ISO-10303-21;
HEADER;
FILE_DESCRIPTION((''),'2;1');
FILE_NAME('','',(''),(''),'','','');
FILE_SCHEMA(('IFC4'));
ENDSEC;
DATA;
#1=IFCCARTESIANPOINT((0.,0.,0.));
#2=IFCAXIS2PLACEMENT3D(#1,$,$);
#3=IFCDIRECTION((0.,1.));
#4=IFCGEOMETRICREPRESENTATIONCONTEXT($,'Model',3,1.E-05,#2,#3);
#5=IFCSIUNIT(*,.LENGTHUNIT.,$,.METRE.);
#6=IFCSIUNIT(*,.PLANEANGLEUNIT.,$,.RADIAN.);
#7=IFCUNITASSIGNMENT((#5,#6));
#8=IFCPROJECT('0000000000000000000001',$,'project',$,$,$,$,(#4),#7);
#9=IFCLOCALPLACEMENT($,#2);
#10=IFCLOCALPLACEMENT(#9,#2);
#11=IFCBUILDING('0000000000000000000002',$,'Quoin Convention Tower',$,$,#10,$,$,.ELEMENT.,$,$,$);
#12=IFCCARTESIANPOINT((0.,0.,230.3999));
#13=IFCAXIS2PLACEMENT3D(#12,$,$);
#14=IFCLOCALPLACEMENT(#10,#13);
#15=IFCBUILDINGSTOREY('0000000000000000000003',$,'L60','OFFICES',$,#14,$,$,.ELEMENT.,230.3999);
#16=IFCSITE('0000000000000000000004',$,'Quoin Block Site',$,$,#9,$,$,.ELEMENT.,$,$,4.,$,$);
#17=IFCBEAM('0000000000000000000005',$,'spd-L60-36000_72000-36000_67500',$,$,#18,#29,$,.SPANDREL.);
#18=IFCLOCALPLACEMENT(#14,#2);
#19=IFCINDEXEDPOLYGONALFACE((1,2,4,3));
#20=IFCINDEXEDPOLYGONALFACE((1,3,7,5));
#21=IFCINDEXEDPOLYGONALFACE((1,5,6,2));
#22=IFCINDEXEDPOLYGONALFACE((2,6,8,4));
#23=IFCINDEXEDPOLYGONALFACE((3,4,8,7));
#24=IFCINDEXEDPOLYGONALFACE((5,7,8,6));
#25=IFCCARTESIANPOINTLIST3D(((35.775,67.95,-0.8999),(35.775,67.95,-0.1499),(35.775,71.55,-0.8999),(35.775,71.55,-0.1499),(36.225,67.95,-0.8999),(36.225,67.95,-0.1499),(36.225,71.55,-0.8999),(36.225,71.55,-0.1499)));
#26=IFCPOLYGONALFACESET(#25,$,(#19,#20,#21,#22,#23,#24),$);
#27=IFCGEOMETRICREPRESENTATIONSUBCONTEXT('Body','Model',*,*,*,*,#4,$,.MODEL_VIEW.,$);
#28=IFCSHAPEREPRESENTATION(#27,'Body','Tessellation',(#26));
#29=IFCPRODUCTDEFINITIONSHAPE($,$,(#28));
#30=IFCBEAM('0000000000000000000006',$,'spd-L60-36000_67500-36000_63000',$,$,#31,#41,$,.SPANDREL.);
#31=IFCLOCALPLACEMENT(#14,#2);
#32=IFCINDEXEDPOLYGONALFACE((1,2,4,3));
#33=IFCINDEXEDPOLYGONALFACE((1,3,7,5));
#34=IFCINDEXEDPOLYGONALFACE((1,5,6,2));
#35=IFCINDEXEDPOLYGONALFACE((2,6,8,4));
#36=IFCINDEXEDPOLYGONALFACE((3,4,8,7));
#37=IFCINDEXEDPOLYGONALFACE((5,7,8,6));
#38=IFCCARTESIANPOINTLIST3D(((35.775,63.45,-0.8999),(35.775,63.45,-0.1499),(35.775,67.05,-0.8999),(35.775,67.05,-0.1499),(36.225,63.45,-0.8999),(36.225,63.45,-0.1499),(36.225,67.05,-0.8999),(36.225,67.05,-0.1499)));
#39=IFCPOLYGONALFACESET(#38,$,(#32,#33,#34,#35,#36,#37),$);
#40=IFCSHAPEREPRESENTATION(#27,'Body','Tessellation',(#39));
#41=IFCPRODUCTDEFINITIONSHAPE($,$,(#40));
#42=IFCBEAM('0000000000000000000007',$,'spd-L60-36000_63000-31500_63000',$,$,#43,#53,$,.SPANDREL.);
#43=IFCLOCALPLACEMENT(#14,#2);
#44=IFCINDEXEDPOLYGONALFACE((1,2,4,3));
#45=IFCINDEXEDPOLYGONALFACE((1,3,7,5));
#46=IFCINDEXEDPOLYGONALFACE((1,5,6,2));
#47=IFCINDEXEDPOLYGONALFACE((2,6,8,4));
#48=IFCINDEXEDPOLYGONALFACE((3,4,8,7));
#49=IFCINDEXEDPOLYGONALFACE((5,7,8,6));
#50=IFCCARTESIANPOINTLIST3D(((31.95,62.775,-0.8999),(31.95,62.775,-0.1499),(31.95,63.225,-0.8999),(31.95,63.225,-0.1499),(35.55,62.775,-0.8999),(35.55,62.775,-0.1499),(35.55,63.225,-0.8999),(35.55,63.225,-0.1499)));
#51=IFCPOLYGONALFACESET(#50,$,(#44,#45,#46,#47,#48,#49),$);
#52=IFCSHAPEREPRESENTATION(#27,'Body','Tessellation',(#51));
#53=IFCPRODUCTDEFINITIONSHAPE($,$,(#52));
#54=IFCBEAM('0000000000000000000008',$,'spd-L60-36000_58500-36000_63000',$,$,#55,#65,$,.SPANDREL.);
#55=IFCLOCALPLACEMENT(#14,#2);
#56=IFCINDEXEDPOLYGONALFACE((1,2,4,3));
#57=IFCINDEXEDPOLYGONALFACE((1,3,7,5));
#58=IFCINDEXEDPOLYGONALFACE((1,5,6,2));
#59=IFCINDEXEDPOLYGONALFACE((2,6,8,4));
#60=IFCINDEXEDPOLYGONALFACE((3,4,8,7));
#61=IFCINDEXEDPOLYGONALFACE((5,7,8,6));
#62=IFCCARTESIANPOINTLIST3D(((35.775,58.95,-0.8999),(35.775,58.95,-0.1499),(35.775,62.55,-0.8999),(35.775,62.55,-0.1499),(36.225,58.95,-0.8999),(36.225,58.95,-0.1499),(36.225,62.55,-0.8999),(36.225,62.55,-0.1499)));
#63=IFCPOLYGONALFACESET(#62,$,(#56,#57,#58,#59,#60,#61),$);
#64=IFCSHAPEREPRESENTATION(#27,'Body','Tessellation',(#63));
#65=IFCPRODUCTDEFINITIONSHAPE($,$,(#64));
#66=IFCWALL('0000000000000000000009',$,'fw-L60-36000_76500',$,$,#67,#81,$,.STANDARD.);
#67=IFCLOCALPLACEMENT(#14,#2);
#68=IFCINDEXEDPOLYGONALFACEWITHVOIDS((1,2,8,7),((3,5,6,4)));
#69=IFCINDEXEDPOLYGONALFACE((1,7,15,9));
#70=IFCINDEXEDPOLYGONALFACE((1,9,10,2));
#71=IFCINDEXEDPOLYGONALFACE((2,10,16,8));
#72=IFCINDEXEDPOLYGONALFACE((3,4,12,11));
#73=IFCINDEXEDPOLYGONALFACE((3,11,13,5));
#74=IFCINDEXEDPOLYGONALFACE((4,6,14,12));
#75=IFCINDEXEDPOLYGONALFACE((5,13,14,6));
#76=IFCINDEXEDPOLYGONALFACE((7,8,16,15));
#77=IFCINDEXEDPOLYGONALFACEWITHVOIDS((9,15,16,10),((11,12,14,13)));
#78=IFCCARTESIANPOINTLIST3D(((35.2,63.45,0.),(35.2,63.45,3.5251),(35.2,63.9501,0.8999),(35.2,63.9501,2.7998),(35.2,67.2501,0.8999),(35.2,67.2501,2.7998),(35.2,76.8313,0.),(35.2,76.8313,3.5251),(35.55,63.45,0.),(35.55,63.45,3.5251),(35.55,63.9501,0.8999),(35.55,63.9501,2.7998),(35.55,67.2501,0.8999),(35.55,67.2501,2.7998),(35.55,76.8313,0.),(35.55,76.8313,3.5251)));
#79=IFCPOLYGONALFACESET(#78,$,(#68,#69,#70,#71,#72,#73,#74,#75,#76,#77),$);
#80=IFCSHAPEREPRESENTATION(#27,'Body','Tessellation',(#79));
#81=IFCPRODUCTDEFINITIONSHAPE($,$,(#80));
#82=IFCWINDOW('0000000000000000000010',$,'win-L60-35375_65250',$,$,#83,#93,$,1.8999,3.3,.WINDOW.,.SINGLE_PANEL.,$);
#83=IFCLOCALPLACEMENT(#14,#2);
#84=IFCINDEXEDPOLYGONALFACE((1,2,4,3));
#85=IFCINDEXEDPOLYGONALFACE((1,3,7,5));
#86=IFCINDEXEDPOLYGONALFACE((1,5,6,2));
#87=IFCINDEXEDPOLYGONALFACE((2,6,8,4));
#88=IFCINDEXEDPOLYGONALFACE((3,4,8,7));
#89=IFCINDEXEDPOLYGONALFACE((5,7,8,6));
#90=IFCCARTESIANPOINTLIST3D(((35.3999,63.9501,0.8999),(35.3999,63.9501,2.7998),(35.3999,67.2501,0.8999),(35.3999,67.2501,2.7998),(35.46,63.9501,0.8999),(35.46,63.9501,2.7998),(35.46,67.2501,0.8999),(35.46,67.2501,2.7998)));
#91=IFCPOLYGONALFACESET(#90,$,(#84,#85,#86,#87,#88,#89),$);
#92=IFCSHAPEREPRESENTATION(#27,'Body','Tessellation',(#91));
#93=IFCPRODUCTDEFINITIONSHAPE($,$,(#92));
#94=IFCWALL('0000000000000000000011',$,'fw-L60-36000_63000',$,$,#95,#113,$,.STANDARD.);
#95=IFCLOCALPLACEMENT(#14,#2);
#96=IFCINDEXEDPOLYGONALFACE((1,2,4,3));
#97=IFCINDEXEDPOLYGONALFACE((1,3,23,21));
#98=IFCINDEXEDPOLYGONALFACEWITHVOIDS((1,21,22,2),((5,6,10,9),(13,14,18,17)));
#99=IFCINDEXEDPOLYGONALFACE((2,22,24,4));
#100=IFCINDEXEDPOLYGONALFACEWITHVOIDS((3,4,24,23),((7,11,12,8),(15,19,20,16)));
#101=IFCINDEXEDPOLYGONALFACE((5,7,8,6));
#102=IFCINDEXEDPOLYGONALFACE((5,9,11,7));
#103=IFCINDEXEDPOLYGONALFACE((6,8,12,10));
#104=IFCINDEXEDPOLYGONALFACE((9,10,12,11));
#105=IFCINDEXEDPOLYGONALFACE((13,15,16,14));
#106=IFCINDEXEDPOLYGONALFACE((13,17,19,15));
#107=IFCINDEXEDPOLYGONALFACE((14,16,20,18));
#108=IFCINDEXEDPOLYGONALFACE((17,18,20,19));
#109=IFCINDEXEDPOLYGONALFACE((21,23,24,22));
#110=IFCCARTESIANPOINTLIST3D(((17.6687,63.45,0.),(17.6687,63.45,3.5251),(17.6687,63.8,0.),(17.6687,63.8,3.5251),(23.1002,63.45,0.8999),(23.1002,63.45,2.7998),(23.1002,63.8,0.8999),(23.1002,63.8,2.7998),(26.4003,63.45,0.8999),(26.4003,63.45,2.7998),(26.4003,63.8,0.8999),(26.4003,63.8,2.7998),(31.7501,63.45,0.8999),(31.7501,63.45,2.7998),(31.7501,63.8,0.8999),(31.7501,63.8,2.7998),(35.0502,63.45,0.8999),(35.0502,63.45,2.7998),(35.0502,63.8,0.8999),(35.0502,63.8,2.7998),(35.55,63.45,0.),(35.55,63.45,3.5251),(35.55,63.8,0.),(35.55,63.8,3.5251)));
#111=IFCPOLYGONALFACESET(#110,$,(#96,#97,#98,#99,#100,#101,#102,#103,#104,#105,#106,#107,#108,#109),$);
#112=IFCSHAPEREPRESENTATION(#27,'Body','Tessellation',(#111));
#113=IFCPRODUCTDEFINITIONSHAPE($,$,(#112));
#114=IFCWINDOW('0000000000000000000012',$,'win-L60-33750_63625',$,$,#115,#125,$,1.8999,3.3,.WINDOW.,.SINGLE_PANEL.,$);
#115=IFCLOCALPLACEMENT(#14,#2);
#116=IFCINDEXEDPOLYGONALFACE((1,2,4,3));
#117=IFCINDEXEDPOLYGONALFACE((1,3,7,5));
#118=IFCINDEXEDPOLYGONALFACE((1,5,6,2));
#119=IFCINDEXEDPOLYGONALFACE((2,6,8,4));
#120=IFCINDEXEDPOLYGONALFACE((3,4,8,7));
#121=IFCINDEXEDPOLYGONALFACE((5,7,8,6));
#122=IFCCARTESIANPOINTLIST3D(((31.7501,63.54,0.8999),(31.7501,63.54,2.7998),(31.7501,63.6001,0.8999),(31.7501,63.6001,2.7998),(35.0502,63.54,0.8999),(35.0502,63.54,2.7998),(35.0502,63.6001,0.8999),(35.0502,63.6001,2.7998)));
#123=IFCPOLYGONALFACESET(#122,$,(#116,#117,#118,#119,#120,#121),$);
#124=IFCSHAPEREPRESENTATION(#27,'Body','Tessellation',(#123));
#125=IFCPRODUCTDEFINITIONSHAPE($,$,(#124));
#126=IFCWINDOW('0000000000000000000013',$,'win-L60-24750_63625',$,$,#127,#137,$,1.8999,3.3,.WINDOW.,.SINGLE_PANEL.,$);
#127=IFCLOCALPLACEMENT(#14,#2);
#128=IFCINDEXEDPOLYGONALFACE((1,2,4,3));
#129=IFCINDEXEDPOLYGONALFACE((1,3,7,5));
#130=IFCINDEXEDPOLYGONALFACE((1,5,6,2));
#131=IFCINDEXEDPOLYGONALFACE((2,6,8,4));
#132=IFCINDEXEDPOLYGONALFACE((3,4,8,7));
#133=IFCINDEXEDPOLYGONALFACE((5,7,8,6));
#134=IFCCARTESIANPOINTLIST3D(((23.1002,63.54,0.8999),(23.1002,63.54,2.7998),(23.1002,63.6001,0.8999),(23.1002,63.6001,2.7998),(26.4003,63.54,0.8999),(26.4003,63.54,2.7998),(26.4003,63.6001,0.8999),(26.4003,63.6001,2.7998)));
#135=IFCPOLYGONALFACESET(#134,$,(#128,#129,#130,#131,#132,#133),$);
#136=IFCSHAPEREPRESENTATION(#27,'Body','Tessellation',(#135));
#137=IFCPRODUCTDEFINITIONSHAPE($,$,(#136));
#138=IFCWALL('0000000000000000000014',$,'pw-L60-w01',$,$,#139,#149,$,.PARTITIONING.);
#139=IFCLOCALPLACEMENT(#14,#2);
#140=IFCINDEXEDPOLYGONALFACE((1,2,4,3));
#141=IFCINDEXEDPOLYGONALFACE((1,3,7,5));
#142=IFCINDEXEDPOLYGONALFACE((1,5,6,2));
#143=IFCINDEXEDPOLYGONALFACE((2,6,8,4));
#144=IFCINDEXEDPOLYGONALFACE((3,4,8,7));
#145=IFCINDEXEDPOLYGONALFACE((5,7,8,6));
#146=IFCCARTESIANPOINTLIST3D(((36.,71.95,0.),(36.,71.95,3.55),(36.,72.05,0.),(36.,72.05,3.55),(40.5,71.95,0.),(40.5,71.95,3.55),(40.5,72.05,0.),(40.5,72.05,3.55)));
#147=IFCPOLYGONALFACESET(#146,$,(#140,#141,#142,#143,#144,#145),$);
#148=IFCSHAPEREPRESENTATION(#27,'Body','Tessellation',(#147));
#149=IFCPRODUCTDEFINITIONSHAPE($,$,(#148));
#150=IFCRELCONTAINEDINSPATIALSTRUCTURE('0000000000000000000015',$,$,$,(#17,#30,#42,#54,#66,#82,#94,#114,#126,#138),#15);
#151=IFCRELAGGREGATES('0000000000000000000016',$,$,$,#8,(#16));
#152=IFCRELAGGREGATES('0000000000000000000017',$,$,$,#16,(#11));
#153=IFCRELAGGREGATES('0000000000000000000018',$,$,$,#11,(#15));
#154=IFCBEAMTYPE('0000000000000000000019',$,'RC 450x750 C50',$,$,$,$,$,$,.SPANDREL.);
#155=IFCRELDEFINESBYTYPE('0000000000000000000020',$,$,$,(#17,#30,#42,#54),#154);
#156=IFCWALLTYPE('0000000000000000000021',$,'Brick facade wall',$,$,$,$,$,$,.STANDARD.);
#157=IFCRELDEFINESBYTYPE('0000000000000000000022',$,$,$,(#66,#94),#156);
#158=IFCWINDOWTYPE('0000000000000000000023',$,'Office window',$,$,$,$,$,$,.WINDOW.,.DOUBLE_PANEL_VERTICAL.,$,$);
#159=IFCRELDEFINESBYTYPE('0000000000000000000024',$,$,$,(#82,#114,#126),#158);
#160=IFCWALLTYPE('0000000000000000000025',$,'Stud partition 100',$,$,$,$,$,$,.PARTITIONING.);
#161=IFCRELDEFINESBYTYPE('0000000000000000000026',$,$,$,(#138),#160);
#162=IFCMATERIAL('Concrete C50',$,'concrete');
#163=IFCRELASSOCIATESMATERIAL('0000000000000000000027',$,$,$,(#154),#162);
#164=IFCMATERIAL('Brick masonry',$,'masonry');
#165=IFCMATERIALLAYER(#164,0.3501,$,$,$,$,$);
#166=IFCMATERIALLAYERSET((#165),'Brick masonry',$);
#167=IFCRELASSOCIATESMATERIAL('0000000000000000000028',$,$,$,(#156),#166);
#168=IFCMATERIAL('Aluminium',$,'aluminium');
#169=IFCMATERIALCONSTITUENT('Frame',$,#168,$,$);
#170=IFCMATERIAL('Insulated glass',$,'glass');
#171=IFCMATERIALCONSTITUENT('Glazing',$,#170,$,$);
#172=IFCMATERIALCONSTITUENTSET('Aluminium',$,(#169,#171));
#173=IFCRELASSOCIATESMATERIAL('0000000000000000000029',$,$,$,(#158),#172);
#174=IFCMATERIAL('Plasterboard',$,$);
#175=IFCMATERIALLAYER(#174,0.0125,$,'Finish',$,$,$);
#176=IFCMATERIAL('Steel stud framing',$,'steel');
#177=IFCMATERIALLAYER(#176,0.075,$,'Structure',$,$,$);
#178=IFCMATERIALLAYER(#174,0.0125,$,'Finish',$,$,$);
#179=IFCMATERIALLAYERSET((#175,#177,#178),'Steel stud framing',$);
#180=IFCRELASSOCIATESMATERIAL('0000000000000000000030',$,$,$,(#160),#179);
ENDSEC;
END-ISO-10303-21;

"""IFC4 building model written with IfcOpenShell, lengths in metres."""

from ifc_helpers import new_model, si_unit, direction, frame, frame_2d, origin, origin_2d, place, context, subcontext, project, spatial, rectangle, extrude, material, layer, layer_set, constituent, constituent_set, material_profile, profile_set, type_object, element, fill, save


model = new_model("IFC4")

# Units and contexts
model_context = context("Model", 3, precision=1e-05, world=origin(), true_north=direction((0.0, 1.0)))
body_context = subcontext(model_context, "Body", "Model", "MODEL_VIEW")
ifc_project = project(units=[si_unit("LENGTHUNIT", "METRE"), si_unit("PLANEANGLEUNIT", "RADIAN")], contexts=[model_context])

# Site, building, storey
site_placement = place(None, origin())
site = spatial("IfcSite", under=ifc_project, at=site_placement, Name="Quoin Block Site", CompositionType="ELEMENT", RefElevation=4.0)
building_placement = place(site_placement, origin())
building = spatial("IfcBuilding", under=site, at=building_placement, Name="Quoin Convention Tower", CompositionType="ELEMENT")
storey_placement = place(building_placement, frame((0.0, 0.0, 230.3999)))
storey = spatial("IfcBuildingStorey", under=building, at=storey_placement, Name="L60", Description="OFFICES", CompositionType="ELEMENT", Elevation=230.3999)

# Shared definitions
ifc_material_1 = material(Name="Concrete C50", Category="concrete")

# Beams
ifc_material_profile_1 = material_profile(ifc_material_1, rectangle(XDim=0.45, YDim=0.75, at=origin_2d()), Name="RC 450x750")
ifc_profile_set_1 = profile_set([ifc_material_profile_1], Name="Concrete C50")
beam_type_1 = type_object("IfcBeamType", Name="RC 450x750 C50", PredefinedType="SPANDREL", material=ifc_profile_set_1)
for number, where, z_axis, x_axis, name in (
    (1, (36.0, 71.55, -0.5249), (0.0, -1.0, 0.0), (1.0, 0.0, 0.0), "spd-L60-36000_72000-36000_67500"),
    (2, (36.0, 67.05, -0.5249), (0.0, -1.0, 0.0), (1.0, 0.0, 0.0), "spd-L60-36000_67500-36000_63000"),
    (3, (35.55, 63.0, -0.5249), (-1.0, 0.0, 0.0), (0.0, -1.0, 0.0), "spd-L60-36000_63000-31500_63000"),
    (4, (36.0, 58.95, -0.5249), (0.0, 1.0, 0.0), (-1.0, 0.0, 0.0), "spd-L60-36000_58500-36000_63000"),
):
    element("IfcBeam", number, at=place(storey_placement, frame(where, z_axis=z_axis, x_axis=x_axis)), inside=storey, type_object=beam_type_1, Name=name, PredefinedType="SPANDREL", context=body_context, shape_type="SweptSolid", body=[
        extrude(rectangle(XDim=0.45, YDim=0.75, at=origin_2d()), origin(), (0.0, 0.0, 1.0), 3.6001),
    ])

# Wall, opening, window
ifc_material_2 = material(Name="Brick masonry", Category="masonry")
ifc_layer_1 = layer(ifc_material_2, 0.3501)
ifc_layer_set_1 = layer_set([ifc_layer_1], Name="Brick masonry")
wall_type_1 = type_object("IfcWallType", Name="Brick facade wall", PredefinedType="STANDARD", material=ifc_layer_set_1)
wall_1_placement = place(storey_placement, frame((35.375, 76.8313, 0.0), z_axis=(0.0, 0.0, 1.0), x_axis=(0.0, -1.0, 0.0)))
wall_1 = element("IfcWall", 5, at=wall_1_placement, inside=storey, type_object=wall_type_1, Name="fw-L60-36000_76500", PredefinedType="STANDARD", context=body_context, shape_type="SweptSolid", body=[
    extrude(rectangle(XDim=13.3813, YDim=0.3501, at=frame_2d((6.6907, 0.0))), origin(), (0.0, 0.0, 1.0), 3.5251),
])
opening_1_placement = place(wall_1_placement, frame((9.5813, 0.0, 0.8999)))
opening_1 = element("IfcOpeningElement", 6, at=opening_1_placement, cuts=wall_1, PredefinedType="OPENING", context=body_context, shape_type="SweptSolid", body=[
    extrude(rectangle(XDim=3.3, YDim=1.8999, at=frame_2d((1.6499, 0.95))), frame((0.0, 0.1851, 0.0), z_axis=(0.0, -1.0, 0.0), x_axis=(1.0, 0.0, 0.0)), (0.0, 0.0, 1.0), 0.3701),
])
ifc_material_3 = material(Name="Aluminium", Category="aluminium")
ifc_constituent_1 = constituent(ifc_material_3, Name="Frame")
ifc_material_4 = material(Name="Insulated glass", Category="glass")
ifc_constituent_2 = constituent(ifc_material_4, Name="Glazing")
ifc_constituent_set = constituent_set(constituents=[ifc_constituent_1, ifc_constituent_2], Name="Aluminium")
window_type = type_object("IfcWindowType", Name="Office window", PartitioningType="DOUBLE_PANEL_VERTICAL", PredefinedType="WINDOW", material=ifc_constituent_set)
window_1_placement = place(opening_1_placement, origin())
window_1 = element("IfcWindow", 7, at=window_1_placement, inside=storey, type_object=window_type, Name="win-L60-35375_65250", OverallHeight=1.8999, OverallWidth=3.3, PartitioningType="SINGLE_PANEL", PredefinedType="WINDOW", context=body_context, shape_type="SweptSolid", body=[
    extrude(rectangle(XDim=3.3, YDim=1.8999, at=frame_2d((1.6499, 0.95))), frame((0.0, 0.085, 0.0), z_axis=(0.0, -1.0, 0.0), x_axis=(1.0, 0.0, 0.0)), (0.0, 0.0, 1.0), 0.0601),
])
fill(opening_1, window_1)

# Wall, openings, windows
wall_2_placement = place(storey_placement, frame((35.55, 63.625, 0.0), z_axis=(0.0, 0.0, 1.0), x_axis=(-1.0, 0.0, 0.0)))
wall_2 = element("IfcWall", 8, at=wall_2_placement, inside=storey, type_object=wall_type_1, Name="fw-L60-36000_63000", PredefinedType="STANDARD", context=body_context, shape_type="SweptSolid", body=[
    extrude(rectangle(XDim=17.8813, YDim=0.3501, at=frame_2d((8.9407, 0.0))), origin(), (0.0, 0.0, 1.0), 3.5251),
])
opening_2_placement = place(wall_2_placement, frame((0.5, 0.0, 0.8999)))
opening_2 = element("IfcOpeningElement", 9, at=opening_2_placement, cuts=wall_2, PredefinedType="OPENING", context=body_context, shape_type="SweptSolid", body=[
    extrude(rectangle(XDim=3.3, YDim=1.8999, at=frame_2d((1.6499, 0.95))), frame((0.0, 0.1851, 0.0), z_axis=(0.0, -1.0, 0.0), x_axis=(1.0, 0.0, 0.0)), (0.0, 0.0, 1.0), 0.3701),
])
opening_3_placement = place(wall_2_placement, frame((9.1499, 0.0, 0.8999)))
opening_3 = element("IfcOpeningElement", 10, at=opening_3_placement, cuts=wall_2, PredefinedType="OPENING", context=body_context, shape_type="SweptSolid", body=[
    extrude(rectangle(XDim=3.3, YDim=1.8999, at=frame_2d((1.6499, 0.95))), frame((0.0, 0.1851, 0.0), z_axis=(0.0, -1.0, 0.0), x_axis=(1.0, 0.0, 0.0)), (0.0, 0.0, 1.0), 0.3701),
])
window_2_placement = place(opening_2_placement, origin())
window_2 = element("IfcWindow", 11, at=window_2_placement, inside=storey, type_object=window_type, Name="win-L60-33750_63625", OverallHeight=1.8999, OverallWidth=3.3, PartitioningType="SINGLE_PANEL", PredefinedType="WINDOW", context=body_context, shape_type="SweptSolid", body=[
    extrude(rectangle(XDim=3.3, YDim=1.8999, at=frame_2d((1.6499, 0.95))), frame((0.0, 0.085, 0.0), z_axis=(0.0, -1.0, 0.0), x_axis=(1.0, 0.0, 0.0)), (0.0, 0.0, 1.0), 0.0601),
])
fill(opening_2, window_2)
window_3_placement = place(opening_3_placement, origin())
window_3 = element("IfcWindow", 12, at=window_3_placement, inside=storey, type_object=window_type, Name="win-L60-24750_63625", OverallHeight=1.8999, OverallWidth=3.3, PartitioningType="SINGLE_PANEL", PredefinedType="WINDOW", context=body_context, shape_type="SweptSolid", body=[
    extrude(rectangle(XDim=3.3, YDim=1.8999, at=frame_2d((1.6499, 0.95))), frame((0.0, 0.085, 0.0), z_axis=(0.0, -1.0, 0.0), x_axis=(1.0, 0.0, 0.0)), (0.0, 0.0, 1.0), 0.0601),
])
fill(opening_3, window_3)

# Wall
ifc_material_5 = material(Name="Plasterboard")
ifc_layer_2 = layer(ifc_material_5, 0.0125, Name="Finish")
ifc_material_6 = material(Name="Steel stud framing", Category="steel")
ifc_layer_3 = layer(ifc_material_6, 0.075, Name="Structure")
ifc_layer_4 = layer(ifc_material_5, 0.0125, Name="Finish")
ifc_layer_set_2 = layer_set([ifc_layer_2, ifc_layer_3, ifc_layer_4], Name="Steel stud framing")
wall_type_2 = type_object("IfcWallType", Name="Stud partition 100", PredefinedType="PARTITIONING", material=ifc_layer_set_2)
wall_3_placement = place(storey_placement, frame((36.0, 72.0, 0.0), z_axis=(0.0, 0.0, 1.0), x_axis=(1.0, 0.0, 0.0)))
element("IfcWall", 13, at=wall_3_placement, inside=storey, type_object=wall_type_2, Name="pw-L60-w01", PredefinedType="PARTITIONING", context=body_context, shape_type="SweptSolid", body=[
    extrude(rectangle(XDim=4.5, YDim=0.1001, at=frame_2d((2.25, 0.0))), origin(), (0.0, 0.0, 1.0), 3.55),
])

save(model, "model.ifc")
